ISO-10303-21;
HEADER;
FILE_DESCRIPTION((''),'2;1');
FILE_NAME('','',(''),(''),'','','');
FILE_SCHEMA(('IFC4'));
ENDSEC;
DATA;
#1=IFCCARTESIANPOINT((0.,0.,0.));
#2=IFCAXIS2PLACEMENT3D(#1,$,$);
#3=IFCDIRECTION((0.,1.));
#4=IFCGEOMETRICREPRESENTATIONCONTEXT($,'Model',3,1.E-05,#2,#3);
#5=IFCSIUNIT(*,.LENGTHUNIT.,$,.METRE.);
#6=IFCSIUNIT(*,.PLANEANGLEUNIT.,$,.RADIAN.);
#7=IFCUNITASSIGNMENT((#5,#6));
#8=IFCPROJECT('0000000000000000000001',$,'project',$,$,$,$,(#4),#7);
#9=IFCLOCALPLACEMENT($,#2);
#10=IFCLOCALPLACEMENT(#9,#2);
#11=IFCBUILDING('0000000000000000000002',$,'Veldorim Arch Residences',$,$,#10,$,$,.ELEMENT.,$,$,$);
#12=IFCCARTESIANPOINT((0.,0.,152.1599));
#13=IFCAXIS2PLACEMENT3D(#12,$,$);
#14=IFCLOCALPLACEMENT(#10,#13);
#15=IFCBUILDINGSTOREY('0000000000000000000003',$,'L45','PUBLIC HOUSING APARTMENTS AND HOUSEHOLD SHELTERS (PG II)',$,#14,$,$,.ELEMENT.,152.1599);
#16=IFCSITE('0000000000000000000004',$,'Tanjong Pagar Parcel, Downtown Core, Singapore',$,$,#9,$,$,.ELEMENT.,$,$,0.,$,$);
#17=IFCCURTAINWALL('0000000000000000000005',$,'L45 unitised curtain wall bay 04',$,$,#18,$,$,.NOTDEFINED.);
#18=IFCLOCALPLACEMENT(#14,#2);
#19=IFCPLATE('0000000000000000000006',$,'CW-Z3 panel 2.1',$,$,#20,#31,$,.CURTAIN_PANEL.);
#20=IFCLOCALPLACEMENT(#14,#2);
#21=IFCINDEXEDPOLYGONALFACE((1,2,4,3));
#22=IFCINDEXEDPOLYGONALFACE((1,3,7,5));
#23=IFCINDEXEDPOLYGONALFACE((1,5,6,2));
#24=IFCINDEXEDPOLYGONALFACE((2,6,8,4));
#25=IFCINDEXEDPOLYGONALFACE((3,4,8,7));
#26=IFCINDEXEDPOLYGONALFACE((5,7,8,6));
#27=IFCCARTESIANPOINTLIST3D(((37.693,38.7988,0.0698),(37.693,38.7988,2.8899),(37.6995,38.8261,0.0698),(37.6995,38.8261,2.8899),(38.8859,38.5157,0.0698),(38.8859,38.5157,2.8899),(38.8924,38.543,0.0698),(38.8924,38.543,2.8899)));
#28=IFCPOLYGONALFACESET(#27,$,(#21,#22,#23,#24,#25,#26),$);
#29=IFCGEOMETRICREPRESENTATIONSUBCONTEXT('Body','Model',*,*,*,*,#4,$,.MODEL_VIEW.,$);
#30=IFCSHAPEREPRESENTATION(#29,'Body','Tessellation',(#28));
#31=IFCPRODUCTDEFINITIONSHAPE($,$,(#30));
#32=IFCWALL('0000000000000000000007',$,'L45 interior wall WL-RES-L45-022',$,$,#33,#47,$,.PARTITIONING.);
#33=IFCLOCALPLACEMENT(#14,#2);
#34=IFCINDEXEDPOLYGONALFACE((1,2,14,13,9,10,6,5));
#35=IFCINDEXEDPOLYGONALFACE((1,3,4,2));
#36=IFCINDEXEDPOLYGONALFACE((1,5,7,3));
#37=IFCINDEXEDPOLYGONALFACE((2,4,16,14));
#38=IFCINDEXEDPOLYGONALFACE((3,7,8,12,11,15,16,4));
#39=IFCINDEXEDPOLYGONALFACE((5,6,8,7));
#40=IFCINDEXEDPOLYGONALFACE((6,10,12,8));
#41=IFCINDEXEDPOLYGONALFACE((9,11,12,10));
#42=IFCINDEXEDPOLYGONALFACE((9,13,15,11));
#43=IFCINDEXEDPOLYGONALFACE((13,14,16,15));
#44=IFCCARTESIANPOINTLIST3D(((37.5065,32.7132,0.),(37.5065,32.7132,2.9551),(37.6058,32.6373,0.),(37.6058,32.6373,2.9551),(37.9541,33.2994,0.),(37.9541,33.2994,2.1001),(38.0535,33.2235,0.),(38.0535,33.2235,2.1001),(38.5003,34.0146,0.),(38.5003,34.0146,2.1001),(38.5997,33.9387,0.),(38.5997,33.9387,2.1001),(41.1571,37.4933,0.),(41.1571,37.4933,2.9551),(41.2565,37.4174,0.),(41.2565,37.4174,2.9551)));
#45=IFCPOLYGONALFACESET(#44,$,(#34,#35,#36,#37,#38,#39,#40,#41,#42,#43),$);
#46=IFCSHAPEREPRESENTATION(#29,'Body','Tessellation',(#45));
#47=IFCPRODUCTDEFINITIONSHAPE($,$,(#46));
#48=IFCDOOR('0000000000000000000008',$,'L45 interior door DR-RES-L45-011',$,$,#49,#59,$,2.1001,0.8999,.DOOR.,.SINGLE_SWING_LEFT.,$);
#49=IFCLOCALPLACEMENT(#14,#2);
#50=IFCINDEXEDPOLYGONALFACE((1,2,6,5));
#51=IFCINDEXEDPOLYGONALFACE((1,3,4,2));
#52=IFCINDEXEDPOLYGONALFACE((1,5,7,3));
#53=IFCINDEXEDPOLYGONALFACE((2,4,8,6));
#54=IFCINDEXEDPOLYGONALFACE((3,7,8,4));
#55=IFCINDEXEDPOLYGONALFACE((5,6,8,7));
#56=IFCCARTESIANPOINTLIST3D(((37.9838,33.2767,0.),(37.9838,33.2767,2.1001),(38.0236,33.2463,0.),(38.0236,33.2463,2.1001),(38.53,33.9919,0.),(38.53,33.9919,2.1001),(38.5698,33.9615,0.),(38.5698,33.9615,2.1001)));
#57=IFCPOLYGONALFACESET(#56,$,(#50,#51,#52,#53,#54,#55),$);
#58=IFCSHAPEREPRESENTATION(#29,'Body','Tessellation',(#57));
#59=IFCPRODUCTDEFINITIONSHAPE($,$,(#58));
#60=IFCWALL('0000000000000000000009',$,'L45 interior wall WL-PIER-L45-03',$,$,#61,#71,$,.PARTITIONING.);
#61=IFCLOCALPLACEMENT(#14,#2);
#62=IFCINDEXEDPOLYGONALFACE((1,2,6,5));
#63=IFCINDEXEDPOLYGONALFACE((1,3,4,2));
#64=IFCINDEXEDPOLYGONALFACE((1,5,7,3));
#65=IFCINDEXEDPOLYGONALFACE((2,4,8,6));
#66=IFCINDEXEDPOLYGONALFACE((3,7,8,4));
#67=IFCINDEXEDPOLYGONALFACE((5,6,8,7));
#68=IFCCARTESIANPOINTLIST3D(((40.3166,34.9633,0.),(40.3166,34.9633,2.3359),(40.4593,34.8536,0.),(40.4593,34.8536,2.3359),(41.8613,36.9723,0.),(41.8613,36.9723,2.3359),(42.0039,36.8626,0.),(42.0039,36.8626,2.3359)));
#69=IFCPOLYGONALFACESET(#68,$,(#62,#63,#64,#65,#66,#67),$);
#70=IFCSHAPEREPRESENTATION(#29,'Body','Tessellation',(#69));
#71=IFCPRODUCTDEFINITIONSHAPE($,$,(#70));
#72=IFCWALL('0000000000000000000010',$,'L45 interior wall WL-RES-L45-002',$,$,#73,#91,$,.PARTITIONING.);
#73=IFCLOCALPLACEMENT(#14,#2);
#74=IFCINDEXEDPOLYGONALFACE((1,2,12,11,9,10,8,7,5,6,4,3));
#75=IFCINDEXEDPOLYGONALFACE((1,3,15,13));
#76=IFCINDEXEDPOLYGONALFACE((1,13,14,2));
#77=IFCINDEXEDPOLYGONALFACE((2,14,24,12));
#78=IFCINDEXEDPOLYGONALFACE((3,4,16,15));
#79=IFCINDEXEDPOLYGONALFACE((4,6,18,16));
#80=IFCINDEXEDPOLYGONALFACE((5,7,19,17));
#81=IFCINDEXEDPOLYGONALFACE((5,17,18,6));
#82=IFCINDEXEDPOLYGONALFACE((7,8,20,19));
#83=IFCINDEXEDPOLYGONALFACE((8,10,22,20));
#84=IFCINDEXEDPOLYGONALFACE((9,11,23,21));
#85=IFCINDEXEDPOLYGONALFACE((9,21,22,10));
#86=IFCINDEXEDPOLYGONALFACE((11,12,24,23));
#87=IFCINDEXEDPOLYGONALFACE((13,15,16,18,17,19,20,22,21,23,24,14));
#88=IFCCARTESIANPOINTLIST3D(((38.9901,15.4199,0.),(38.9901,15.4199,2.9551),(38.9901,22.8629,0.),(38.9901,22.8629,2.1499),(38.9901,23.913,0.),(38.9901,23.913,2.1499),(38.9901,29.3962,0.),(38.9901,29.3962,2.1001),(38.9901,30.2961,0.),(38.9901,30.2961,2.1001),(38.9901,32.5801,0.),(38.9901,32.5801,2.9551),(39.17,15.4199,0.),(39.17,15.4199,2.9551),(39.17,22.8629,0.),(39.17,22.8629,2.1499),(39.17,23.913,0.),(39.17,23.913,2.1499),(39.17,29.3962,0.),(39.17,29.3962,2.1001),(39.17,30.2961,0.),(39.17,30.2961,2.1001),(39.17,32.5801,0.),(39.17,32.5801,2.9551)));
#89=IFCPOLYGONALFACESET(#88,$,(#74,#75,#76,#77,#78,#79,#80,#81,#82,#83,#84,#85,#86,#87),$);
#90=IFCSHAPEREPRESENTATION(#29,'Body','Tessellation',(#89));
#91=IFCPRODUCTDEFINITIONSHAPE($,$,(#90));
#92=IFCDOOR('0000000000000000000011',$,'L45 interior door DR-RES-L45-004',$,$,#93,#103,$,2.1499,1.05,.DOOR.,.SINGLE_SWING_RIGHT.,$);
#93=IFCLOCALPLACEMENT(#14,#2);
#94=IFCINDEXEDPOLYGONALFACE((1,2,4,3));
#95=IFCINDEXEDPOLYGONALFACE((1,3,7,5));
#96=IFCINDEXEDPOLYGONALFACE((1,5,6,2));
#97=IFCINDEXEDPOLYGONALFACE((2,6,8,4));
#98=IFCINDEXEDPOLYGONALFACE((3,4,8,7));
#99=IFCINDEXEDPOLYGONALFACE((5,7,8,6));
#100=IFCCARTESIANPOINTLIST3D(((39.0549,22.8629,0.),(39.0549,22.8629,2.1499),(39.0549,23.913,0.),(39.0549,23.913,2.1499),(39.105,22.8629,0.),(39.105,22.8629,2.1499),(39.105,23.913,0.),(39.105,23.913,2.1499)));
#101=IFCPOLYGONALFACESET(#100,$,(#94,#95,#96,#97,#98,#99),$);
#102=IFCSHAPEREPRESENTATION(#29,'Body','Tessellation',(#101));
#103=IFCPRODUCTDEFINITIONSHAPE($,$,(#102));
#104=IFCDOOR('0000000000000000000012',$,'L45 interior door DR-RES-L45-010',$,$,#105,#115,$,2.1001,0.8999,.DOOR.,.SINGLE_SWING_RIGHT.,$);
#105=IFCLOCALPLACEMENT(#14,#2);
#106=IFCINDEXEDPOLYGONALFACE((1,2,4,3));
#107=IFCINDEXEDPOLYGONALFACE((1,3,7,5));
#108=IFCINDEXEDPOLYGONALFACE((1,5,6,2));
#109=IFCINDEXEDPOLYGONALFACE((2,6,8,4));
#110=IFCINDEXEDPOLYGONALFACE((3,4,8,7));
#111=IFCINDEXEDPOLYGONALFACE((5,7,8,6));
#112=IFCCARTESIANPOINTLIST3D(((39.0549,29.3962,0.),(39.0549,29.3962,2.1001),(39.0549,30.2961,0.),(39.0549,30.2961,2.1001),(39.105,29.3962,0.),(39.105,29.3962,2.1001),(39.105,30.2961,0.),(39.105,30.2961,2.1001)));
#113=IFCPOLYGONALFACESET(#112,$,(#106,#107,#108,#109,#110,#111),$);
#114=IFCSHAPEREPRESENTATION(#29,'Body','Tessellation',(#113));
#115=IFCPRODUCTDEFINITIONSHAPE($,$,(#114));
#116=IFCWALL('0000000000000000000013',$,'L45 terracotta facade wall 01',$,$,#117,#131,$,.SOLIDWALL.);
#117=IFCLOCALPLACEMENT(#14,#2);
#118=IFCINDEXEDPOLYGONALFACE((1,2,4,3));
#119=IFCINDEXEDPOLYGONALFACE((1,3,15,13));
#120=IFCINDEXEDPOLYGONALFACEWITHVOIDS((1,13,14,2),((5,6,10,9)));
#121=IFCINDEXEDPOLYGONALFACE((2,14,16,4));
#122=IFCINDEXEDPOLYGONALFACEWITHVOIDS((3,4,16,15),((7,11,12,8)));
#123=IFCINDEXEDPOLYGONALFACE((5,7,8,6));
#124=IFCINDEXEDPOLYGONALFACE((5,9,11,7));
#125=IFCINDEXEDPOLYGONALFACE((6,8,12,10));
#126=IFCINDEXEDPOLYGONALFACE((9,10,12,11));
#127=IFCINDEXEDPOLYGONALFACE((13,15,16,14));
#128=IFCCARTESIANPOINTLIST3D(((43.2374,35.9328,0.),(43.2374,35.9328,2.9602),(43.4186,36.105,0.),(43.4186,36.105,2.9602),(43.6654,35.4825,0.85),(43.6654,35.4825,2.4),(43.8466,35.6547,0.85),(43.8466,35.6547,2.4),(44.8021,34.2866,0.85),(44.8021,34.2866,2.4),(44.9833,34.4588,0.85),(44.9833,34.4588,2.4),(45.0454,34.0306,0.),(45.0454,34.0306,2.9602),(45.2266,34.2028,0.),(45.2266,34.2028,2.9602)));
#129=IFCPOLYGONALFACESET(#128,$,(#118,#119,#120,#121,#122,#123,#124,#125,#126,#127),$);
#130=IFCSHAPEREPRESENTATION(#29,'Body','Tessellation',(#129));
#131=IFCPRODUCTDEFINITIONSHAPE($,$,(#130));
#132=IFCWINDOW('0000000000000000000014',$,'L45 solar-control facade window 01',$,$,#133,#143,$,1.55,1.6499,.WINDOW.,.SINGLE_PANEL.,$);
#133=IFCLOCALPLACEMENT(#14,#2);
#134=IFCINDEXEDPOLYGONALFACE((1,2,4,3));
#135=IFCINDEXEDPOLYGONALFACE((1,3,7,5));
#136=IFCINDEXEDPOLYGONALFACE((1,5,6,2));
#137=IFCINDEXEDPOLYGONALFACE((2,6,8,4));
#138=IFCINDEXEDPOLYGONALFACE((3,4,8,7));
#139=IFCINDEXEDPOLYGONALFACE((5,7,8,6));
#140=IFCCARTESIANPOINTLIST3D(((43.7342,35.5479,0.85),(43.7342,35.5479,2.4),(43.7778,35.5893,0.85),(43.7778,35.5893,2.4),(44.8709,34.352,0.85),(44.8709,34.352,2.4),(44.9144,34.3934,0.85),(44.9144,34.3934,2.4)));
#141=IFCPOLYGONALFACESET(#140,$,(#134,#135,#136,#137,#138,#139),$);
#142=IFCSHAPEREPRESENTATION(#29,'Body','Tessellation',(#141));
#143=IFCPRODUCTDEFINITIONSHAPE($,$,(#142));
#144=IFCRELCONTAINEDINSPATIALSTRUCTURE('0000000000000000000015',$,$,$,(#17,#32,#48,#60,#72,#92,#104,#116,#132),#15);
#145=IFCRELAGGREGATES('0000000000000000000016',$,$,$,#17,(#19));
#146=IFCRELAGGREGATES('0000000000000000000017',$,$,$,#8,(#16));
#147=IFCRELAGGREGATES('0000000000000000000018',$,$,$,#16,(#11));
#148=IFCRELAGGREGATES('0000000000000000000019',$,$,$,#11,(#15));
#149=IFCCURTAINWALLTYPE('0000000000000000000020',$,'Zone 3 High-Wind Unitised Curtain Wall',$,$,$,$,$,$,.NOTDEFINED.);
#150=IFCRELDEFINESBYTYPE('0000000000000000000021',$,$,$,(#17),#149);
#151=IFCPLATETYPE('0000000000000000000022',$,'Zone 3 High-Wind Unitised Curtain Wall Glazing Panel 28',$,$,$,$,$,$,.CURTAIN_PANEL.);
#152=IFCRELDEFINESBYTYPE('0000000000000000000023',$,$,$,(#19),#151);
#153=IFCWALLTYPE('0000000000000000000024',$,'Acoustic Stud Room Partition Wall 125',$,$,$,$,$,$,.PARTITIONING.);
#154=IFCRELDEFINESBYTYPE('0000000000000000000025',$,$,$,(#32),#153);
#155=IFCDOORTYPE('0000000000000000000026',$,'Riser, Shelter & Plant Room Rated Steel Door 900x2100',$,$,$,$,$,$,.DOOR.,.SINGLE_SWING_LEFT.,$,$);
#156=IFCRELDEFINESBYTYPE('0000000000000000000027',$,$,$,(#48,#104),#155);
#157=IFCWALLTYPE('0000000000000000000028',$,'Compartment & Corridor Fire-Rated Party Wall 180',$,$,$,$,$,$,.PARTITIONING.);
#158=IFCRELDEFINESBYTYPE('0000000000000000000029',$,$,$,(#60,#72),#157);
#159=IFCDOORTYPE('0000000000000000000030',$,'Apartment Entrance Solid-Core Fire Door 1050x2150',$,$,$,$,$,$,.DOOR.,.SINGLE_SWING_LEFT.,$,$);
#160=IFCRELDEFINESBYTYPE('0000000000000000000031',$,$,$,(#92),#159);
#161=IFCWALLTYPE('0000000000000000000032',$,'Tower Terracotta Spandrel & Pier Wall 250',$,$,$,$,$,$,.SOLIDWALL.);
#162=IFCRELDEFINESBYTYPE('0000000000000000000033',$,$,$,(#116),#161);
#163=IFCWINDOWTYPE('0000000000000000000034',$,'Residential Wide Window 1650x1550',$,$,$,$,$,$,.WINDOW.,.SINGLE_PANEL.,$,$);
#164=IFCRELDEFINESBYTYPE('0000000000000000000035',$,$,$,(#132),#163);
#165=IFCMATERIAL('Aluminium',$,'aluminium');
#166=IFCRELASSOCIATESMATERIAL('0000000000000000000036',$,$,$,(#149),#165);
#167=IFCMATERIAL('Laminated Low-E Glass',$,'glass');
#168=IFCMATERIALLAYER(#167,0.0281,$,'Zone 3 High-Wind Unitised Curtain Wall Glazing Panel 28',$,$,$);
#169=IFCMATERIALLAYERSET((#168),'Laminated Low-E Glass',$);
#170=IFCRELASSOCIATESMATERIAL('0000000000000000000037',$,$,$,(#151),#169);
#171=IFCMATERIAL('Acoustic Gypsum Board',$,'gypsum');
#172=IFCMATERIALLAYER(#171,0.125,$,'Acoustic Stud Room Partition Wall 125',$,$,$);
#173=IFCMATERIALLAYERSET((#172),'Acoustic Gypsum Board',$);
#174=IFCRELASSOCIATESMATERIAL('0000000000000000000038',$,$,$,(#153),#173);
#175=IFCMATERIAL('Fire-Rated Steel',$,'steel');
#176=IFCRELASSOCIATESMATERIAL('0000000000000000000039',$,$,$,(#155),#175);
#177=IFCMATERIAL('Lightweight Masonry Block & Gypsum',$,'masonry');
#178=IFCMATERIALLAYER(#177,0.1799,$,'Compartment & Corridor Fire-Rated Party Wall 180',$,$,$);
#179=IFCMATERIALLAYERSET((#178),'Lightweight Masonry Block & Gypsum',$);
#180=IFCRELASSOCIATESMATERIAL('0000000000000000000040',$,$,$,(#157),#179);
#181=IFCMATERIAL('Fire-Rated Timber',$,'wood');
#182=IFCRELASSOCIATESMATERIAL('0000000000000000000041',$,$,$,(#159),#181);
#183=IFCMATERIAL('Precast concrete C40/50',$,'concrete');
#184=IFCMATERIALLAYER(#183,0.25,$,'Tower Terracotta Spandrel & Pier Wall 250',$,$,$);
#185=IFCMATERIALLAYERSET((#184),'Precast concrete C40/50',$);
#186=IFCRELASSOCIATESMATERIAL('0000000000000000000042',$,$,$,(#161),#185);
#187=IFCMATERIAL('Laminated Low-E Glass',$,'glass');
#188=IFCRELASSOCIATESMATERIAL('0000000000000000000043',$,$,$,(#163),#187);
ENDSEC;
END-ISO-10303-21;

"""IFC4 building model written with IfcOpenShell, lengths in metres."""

from ifc_helpers import new_model, si_unit, direction, frame, frame_2d, origin, origin_2d, place, context, subcontext, project, spatial, rectangle, extrude, material, layer, layer_set, type_object, element, fill, aggregate, save


model = new_model("IFC4")

# Units and contexts
model_context = context("Model", 3, precision=1e-05, world=origin(), true_north=direction((0.0, 1.0)))
body_context = subcontext(model_context, "Body", "Model", "MODEL_VIEW")
ifc_project = project(units=[si_unit("LENGTHUNIT", "METRE"), si_unit("PLANEANGLEUNIT", "RADIAN")], contexts=[model_context])

# Site, building, storey
site_placement = place(None, origin())
site = spatial("IfcSite", under=ifc_project, at=site_placement, Name="Tanjong Pagar Parcel, Downtown Core, Singapore", CompositionType="ELEMENT", RefElevation=0.0)
building_placement = place(site_placement, origin())
building = spatial("IfcBuilding", under=site, at=building_placement, Name="Veldorim Arch Residences", CompositionType="ELEMENT")
storey_placement = place(building_placement, frame((0.0, 0.0, 152.1599)))
storey = spatial("IfcBuildingStorey", under=building, at=storey_placement, Name="L45", Description="PUBLIC HOUSING APARTMENTS AND HOUSEHOLD SHELTERS (PG II)", CompositionType="ELEMENT", Elevation=152.1599)

# Curtain wall, plate
ifc_material_1 = material(Name="Aluminium", Category="aluminium")
curtain_wall_type = type_object("IfcCurtainWallType", Name="Zone 3 High-Wind Unitised Curtain Wall", PredefinedType="NOTDEFINED", material=ifc_material_1)
curtain_wall_placement = place(storey_placement, origin())
curtain_wall = element("IfcCurtainWall", 1, at=curtain_wall_placement, inside=storey, type_object=curtain_wall_type, Name="L45 unitised curtain wall bay 04", PredefinedType="NOTDEFINED")
ifc_material_2 = material(Name="Laminated Low-E Glass", Category="glass")
ifc_layer_1 = layer(ifc_material_2, 0.0281, Name="Zone 3 High-Wind Unitised Curtain Wall Glazing Panel 28")
ifc_layer_set_1 = layer_set([ifc_layer_1], Name="Laminated Low-E Glass")
plate_type = type_object("IfcPlateType", Name="Zone 3 High-Wind Unitised Curtain Wall Glazing Panel 28", PredefinedType="CURTAIN_PANEL", material=ifc_layer_set_1)
plate_placement = place(storey_placement, frame((38.2927, 38.6709, 0.0698), z_axis=(0.0, 0.0, 1.0), x_axis=(0.972964, -0.230957, 0.0)))
plate = element("IfcPlate", 2, at=plate_placement, type_object=plate_type, Name="CW-Z3 panel 2.1", PredefinedType="CURTAIN_PANEL", context=body_context, shape_type="SweptSolid", body=[
    extrude(rectangle(XDim=1.2261, YDim=0.0281, at=origin_2d()), origin(), (0.0, 0.0, 1.0), 2.8201),
])
aggregate(curtain_wall, [plate])

# Wall, opening, door
ifc_material_3 = material(Name="Acoustic Gypsum Board", Category="gypsum")
ifc_layer_2 = layer(ifc_material_3, 0.125, Name="Acoustic Stud Room Partition Wall 125")
ifc_layer_set_2 = layer_set([ifc_layer_2], Name="Acoustic Gypsum Board")
wall_type_1 = type_object("IfcWallType", Name="Acoustic Stud Room Partition Wall 125", PredefinedType="PARTITIONING", material=ifc_layer_set_2)
wall_1_placement = place(storey_placement, frame((41.2068, 37.4553, 0.0), z_axis=(0.0, 0.0, 1.0), x_axis=(-0.606959, -0.794733, 0.0)))
wall_1 = element("IfcWall", 3, at=wall_1_placement, inside=storey, type_object=wall_type_1, Name="L45 interior wall WL-RES-L45-022", PredefinedType="PARTITIONING", context=body_context, shape_type="SweptSolid", body=[
    extrude(rectangle(XDim=6.0146, YDim=0.125, at=frame_2d((3.0073, 0.0))), origin(), (0.0, 0.0, 1.0), 2.9551),
])
opening_1_placement = place(wall_1_placement, frame((4.3772, 0.0, 0.0)))
opening_1 = element("IfcOpeningElement", 4, at=opening_1_placement, cuts=wall_1, PredefinedType="OPENING", context=body_context, shape_type="SweptSolid", body=[
    extrude(rectangle(XDim=0.8999, YDim=2.1001, at=frame_2d((0.45, 1.05))), frame((0.0, 0.0725, 0.0), z_axis=(0.0, -1.0, 0.0), x_axis=(1.0, 0.0, 0.0)), (0.0, 0.0, 1.0), 0.145),
])
ifc_material_4 = material(Name="Fire-Rated Steel", Category="steel")
door_type_1 = type_object("IfcDoorType", Name="Riser, Shelter & Plant Room Rated Steel Door 900x2100", OperationType="SINGLE_SWING_LEFT", PredefinedType="DOOR", material=ifc_material_4)
door_1_placement = place(opening_1_placement, origin())
door_1 = element("IfcDoor", 5, at=door_1_placement, inside=storey, type_object=door_type_1, Name="L45 interior door DR-RES-L45-011", OperationType="SINGLE_SWING_LEFT", OverallHeight=2.1001, OverallWidth=0.8999, PredefinedType="DOOR", context=body_context, shape_type="SweptSolid", body=[
    extrude(rectangle(XDim=0.8999, YDim=2.1001, at=frame_2d((0.45, 1.05))), frame((0.0, 0.0249, 0.0), z_axis=(0.0, -1.0, 0.0), x_axis=(1.0, 0.0, 0.0)), (0.0, 0.0, 1.0), 0.05),
])
fill(opening_1, door_1)

# Wall
ifc_material_5 = material(Name="Lightweight Masonry Block & Gypsum", Category="masonry")
ifc_layer_3 = layer(ifc_material_5, 0.1799, Name="Compartment & Corridor Fire-Rated Party Wall 180")
ifc_layer_set_3 = layer_set([ifc_layer_3], Name="Lightweight Masonry Block & Gypsum")
wall_type_2 = type_object("IfcWallType", Name="Compartment & Corridor Fire-Rated Party Wall 180", PredefinedType="PARTITIONING", material=ifc_layer_set_3)
wall_2_placement = place(storey_placement, frame((40.3879, 34.9084, 0.0), z_axis=(0.0, 0.0, 1.0), x_axis=(0.609529, 0.792764, 0.0)))
element("IfcWall", 6, at=wall_2_placement, inside=storey, type_object=wall_type_2, Name="L45 interior wall WL-PIER-L45-03", PredefinedType="PARTITIONING", context=body_context, shape_type="SweptSolid", body=[
    extrude(rectangle(XDim=2.5342, YDim=0.1799, at=frame_2d((1.2671, 0.0))), origin(), (0.0, 0.0, 1.0), 2.3359),
])

# Wall, openings, doors
wall_3_placement = place(storey_placement, frame((39.0801, 32.5801, 0.0), z_axis=(0.0, 0.0, 1.0), x_axis=(0.0, -1.0, 0.0)))
wall_3 = element("IfcWall", 7, at=wall_3_placement, inside=storey, type_object=wall_type_2, Name="L45 interior wall WL-RES-L45-002", PredefinedType="PARTITIONING", context=body_context, shape_type="SweptSolid", body=[
    extrude(rectangle(XDim=17.1602, YDim=0.1799, at=frame_2d((8.5801, 0.0))), origin(), (0.0, 0.0, 1.0), 2.9551),
])
opening_2_placement = place(wall_3_placement, frame((8.6672, 0.0, 0.0)))
opening_2 = element("IfcOpeningElement", 8, at=opening_2_placement, cuts=wall_3, PredefinedType="OPENING", context=body_context, shape_type="SweptSolid", body=[
    extrude(rectangle(XDim=1.05, YDim=2.1499, at=frame_2d((0.5249, 1.075))), frame((0.0, 0.0999, 0.0), z_axis=(0.0, -1.0, 0.0), x_axis=(1.0, 0.0, 0.0)), (0.0, 0.0, 1.0), 0.2),
])
opening_3_placement = place(wall_3_placement, frame((2.2839, 0.0, 0.0)))
opening_3 = element("IfcOpeningElement", 9, at=opening_3_placement, cuts=wall_3, PredefinedType="OPENING", context=body_context, shape_type="SweptSolid", body=[
    extrude(rectangle(XDim=0.8999, YDim=2.1001, at=frame_2d((0.45, 1.05))), frame((0.0, 0.0999, 0.0), z_axis=(0.0, -1.0, 0.0), x_axis=(1.0, 0.0, 0.0)), (0.0, 0.0, 1.0), 0.2),
])
ifc_material_6 = material(Name="Fire-Rated Timber", Category="wood")
door_type_2 = type_object("IfcDoorType", Name="Apartment Entrance Solid-Core Fire Door 1050x2150", OperationType="SINGLE_SWING_LEFT", PredefinedType="DOOR", material=ifc_material_6)
door_2_placement = place(opening_2_placement, origin())
door_2 = element("IfcDoor", 10, at=door_2_placement, inside=storey, type_object=door_type_2, Name="L45 interior door DR-RES-L45-004", OperationType="SINGLE_SWING_RIGHT", OverallHeight=2.1499, OverallWidth=1.05, PredefinedType="DOOR", context=body_context, shape_type="SweptSolid", body=[
    extrude(rectangle(XDim=1.05, YDim=2.1499, at=frame_2d((0.5249, 1.075))), frame((0.0, 0.0249, 0.0), z_axis=(0.0, -1.0, 0.0), x_axis=(1.0, 0.0, 0.0)), (0.0, 0.0, 1.0), 0.05),
])
fill(opening_2, door_2)
door_3_placement = place(opening_3_placement, origin())
door_3 = element("IfcDoor", 11, at=door_3_placement, inside=storey, type_object=door_type_1, Name="L45 interior door DR-RES-L45-010", OperationType="SINGLE_SWING_RIGHT", OverallHeight=2.1001, OverallWidth=0.8999, PredefinedType="DOOR", context=body_context, shape_type="SweptSolid", body=[
    extrude(rectangle(XDim=0.8999, YDim=2.1001, at=frame_2d((0.45, 1.05))), frame((0.0, 0.0249, 0.0), z_axis=(0.0, -1.0, 0.0), x_axis=(1.0, 0.0, 0.0)), (0.0, 0.0, 1.0), 0.05),
])
fill(opening_3, door_3)

# Wall, opening, window
ifc_material_7 = material(Name="Precast concrete C40/50", Category="concrete")
ifc_layer_4 = layer(ifc_material_7, 0.25, Name="Tower Terracotta Spandrel & Pier Wall 250")
ifc_layer_set_4 = layer_set([ifc_layer_4], Name="Precast concrete C40/50")
wall_type_3 = type_object("IfcWallType", Name="Tower Terracotta Spandrel & Pier Wall 250", PredefinedType="SOLIDWALL", material=ifc_layer_set_4)
wall_4_placement = place(storey_placement, frame((43.3281, 36.0188, 0.0), z_axis=(0.0, 0.0, 1.0), x_axis=(0.688923, -0.724834, 0.0)))
wall_4 = element("IfcWall", 12, at=wall_4_placement, inside=storey, type_object=wall_type_3, Name="L45 terracotta facade wall 01", PredefinedType="SOLIDWALL", context=body_context, shape_type="SweptSolid", body=[
    extrude(rectangle(XDim=2.6243, YDim=0.25, at=frame_2d((1.312, 0.0))), origin(), (0.0, 0.0, 1.0), 2.9602),
])
opening_4_placement = place(wall_4_placement, frame((0.6211, 0.0, 0.8501)))
opening_4 = element("IfcOpeningElement", 13, at=opening_4_placement, cuts=wall_4, PredefinedType="OPENING", context=body_context, shape_type="SweptSolid", body=[
    extrude(rectangle(XDim=1.6499, YDim=1.55, at=frame_2d((0.825, 0.7749))), frame((0.0, 0.135, 0.0), z_axis=(0.0, -1.0, 0.0), x_axis=(1.0, 0.0, 0.0)), (0.0, 0.0, 1.0), 0.27),
])
ifc_material_8 = material(Name="Laminated Low-E Glass", Category="glass")
window_type_1 = type_object("IfcWindowType", Name="Residential Wide Window 1650x1550", PartitioningType="SINGLE_PANEL", PredefinedType="WINDOW", material=ifc_material_8)
window_1_placement = place(opening_4_placement, origin())
window_1 = element("IfcWindow", 14, at=window_1_placement, inside=storey, type_object=window_type_1, Name="L45 solar-control facade window 01", OverallHeight=1.55, OverallWidth=1.6499, PartitioningType="SINGLE_PANEL", PredefinedType="WINDOW", context=body_context, shape_type="SweptSolid", body=[
    extrude(rectangle(XDim=1.6499, YDim=1.55, at=frame_2d((0.825, 0.7749))), frame((0.0, 0.03, 0.0), z_axis=(0.0, -1.0, 0.0), x_axis=(1.0, 0.0, 0.0)), (0.0, 0.0, 1.0), 0.0601),
])
fill(opening_4, window_1)

save(model, "model.ifc")
